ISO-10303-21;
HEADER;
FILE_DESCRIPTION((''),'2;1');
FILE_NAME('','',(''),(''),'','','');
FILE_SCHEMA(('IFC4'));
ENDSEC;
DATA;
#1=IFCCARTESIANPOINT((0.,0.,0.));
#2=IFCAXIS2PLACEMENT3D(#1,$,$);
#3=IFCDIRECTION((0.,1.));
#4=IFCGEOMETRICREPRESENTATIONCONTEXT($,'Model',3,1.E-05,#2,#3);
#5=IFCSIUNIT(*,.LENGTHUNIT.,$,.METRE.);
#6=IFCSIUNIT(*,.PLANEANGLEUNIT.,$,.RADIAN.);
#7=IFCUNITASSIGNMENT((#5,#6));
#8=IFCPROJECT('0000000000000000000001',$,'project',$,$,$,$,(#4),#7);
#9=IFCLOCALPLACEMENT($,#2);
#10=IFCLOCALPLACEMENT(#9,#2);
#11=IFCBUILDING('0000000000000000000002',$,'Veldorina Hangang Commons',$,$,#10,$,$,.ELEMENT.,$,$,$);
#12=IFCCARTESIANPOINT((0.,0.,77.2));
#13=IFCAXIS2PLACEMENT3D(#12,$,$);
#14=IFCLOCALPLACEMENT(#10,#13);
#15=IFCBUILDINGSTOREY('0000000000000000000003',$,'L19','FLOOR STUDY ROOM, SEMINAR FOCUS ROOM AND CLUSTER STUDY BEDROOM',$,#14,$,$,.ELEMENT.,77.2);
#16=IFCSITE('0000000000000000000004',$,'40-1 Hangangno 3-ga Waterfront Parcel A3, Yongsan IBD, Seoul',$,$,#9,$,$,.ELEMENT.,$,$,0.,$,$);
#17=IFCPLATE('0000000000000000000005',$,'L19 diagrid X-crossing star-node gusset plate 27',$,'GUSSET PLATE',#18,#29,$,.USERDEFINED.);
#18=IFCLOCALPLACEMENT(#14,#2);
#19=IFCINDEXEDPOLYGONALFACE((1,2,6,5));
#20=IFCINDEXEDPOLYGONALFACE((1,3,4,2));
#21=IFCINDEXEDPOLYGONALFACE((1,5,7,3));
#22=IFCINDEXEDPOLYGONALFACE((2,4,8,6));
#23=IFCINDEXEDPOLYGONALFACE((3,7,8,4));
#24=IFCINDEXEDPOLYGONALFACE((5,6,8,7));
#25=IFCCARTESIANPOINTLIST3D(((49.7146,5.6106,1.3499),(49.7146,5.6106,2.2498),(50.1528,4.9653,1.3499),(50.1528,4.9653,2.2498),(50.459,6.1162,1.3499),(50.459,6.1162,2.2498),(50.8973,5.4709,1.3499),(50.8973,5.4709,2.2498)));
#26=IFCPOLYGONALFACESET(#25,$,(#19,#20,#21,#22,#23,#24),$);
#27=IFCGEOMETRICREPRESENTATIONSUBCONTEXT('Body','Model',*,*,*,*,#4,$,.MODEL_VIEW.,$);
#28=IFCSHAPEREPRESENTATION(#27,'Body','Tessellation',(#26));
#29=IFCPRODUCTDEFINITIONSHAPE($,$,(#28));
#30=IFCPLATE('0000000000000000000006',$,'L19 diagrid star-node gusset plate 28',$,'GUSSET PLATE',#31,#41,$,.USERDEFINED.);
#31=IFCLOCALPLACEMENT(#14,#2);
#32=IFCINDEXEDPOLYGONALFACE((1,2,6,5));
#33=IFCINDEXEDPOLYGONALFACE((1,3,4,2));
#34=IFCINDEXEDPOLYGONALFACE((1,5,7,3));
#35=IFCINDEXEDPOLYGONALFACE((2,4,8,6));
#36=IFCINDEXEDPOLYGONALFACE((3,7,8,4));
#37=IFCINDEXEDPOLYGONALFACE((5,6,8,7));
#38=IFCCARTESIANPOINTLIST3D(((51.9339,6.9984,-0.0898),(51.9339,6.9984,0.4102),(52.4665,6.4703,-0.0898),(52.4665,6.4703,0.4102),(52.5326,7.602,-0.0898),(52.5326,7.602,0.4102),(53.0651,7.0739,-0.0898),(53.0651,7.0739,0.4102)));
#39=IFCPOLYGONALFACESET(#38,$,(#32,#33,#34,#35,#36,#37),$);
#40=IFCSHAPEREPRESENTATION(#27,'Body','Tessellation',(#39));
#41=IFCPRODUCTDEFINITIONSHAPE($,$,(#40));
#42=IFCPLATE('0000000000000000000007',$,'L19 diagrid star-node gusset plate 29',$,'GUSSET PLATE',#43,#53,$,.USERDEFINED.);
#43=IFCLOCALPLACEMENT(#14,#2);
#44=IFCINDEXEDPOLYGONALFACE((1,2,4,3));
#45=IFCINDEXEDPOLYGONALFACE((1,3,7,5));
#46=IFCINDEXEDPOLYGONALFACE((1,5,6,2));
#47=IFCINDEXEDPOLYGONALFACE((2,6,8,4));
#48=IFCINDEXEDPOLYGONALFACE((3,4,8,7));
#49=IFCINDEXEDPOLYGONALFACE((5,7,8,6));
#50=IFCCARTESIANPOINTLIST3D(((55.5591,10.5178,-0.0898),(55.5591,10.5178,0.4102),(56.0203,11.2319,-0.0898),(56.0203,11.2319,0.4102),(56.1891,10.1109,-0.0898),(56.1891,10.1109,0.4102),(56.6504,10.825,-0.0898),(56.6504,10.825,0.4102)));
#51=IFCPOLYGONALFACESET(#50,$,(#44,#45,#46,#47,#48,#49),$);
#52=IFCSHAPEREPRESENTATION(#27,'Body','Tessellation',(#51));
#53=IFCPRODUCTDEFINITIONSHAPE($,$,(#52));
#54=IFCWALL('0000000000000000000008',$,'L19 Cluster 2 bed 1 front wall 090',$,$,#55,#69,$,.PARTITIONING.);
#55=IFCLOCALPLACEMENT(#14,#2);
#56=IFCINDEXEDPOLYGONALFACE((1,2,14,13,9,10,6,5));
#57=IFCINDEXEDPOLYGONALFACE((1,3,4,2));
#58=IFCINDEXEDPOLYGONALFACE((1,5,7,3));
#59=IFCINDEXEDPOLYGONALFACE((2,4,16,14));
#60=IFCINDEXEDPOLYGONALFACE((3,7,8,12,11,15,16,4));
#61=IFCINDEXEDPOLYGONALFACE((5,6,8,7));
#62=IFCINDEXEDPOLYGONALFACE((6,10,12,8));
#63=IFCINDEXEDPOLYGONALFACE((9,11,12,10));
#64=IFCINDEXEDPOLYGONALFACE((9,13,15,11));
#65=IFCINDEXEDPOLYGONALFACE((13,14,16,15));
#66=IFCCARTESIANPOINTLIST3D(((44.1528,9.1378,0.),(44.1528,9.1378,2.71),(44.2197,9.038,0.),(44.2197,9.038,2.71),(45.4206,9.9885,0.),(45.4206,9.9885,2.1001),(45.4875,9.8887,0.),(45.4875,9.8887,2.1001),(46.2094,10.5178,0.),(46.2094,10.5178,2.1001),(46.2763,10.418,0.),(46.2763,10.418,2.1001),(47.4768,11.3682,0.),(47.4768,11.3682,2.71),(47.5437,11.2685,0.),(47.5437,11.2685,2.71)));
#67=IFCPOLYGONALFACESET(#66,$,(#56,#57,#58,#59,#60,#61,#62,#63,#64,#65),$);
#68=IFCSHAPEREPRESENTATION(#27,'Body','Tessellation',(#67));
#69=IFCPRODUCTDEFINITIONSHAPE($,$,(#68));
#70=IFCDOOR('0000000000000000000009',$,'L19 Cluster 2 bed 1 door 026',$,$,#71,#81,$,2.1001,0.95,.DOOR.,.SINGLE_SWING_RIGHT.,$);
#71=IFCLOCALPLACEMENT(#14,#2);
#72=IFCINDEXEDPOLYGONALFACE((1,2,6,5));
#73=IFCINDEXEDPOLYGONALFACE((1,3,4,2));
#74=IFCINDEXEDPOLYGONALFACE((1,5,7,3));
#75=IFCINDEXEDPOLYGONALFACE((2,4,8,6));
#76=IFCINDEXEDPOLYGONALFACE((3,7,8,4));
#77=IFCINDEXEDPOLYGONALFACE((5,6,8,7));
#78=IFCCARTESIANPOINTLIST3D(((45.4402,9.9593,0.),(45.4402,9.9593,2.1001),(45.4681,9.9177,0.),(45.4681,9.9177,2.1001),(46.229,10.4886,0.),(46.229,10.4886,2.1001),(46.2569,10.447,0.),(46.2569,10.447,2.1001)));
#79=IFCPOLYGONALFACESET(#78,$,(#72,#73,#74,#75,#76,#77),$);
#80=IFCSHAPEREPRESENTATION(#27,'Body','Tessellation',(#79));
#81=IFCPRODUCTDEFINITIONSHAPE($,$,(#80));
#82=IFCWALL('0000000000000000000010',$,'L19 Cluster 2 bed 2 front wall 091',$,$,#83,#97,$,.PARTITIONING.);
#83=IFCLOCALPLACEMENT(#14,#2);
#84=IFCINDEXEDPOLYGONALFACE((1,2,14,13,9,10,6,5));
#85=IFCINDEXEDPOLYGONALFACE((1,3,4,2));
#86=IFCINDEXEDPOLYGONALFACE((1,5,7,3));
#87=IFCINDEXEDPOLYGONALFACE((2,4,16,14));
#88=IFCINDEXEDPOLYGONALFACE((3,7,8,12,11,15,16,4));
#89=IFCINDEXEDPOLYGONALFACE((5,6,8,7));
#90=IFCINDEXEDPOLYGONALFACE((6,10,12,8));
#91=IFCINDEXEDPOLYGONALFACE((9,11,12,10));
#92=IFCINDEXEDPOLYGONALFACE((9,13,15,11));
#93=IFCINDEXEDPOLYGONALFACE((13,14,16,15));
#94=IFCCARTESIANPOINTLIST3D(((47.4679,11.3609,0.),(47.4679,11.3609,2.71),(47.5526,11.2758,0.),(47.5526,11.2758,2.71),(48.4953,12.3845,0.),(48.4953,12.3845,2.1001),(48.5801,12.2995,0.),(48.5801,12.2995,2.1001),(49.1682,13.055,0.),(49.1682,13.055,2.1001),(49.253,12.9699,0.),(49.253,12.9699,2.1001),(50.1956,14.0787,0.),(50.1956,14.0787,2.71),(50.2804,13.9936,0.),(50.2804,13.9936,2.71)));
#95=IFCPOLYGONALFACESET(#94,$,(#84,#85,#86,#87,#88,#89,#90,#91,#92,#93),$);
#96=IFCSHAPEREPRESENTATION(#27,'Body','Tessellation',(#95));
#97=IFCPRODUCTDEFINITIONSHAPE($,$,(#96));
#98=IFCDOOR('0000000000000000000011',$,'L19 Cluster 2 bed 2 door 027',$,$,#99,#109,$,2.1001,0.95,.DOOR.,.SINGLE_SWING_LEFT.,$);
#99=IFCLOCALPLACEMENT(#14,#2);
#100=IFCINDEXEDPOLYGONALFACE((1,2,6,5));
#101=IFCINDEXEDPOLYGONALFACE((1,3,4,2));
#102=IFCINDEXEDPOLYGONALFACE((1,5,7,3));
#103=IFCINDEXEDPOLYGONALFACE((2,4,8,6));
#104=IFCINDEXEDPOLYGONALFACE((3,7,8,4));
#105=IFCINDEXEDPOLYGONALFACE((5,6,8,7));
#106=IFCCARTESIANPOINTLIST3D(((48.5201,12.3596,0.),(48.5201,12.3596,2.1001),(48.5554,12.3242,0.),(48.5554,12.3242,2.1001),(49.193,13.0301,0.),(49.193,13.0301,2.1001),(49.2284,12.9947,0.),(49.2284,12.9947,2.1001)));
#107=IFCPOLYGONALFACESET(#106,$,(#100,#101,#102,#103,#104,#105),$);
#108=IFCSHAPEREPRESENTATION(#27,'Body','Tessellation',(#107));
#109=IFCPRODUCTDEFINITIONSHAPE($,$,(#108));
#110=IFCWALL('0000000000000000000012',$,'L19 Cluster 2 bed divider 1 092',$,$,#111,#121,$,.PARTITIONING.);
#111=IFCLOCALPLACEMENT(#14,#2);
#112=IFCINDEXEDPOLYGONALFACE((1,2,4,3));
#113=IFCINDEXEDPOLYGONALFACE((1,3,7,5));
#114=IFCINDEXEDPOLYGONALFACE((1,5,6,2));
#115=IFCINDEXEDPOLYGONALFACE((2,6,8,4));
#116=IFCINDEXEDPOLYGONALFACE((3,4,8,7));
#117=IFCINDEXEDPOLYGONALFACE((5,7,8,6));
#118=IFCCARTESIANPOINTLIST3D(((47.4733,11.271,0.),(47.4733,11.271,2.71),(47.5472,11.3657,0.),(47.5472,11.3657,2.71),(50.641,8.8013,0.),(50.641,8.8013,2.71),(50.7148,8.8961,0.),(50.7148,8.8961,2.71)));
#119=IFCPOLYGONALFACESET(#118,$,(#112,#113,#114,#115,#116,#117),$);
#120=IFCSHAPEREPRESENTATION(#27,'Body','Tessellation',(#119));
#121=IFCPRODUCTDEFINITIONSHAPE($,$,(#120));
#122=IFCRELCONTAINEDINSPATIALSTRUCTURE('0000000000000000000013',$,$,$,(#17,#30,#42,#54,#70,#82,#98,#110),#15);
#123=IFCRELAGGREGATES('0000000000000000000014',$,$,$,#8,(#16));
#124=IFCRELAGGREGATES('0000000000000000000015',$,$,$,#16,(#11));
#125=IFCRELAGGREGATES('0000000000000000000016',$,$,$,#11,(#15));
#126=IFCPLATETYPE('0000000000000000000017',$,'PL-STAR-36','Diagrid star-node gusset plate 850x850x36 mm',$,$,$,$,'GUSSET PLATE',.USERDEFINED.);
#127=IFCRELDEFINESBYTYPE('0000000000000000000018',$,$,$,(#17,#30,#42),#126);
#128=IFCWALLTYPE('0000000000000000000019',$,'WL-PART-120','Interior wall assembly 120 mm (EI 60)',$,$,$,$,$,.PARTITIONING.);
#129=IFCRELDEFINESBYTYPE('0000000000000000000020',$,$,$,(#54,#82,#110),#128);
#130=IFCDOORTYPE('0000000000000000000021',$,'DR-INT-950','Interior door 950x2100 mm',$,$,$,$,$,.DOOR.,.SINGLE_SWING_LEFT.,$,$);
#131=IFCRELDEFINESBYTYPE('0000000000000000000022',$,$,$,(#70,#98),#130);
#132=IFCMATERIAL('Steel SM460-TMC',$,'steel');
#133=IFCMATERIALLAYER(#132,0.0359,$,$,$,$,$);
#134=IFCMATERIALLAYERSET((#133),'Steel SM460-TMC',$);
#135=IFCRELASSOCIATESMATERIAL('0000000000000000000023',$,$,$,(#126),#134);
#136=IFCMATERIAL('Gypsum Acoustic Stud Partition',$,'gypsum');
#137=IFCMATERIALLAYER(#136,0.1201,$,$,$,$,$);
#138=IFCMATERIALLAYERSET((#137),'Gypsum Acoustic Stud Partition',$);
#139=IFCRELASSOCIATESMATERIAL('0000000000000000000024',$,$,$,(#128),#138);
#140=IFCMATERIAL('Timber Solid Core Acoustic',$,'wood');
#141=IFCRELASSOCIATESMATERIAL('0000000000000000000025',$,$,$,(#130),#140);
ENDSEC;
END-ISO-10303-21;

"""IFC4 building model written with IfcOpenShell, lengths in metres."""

from ifc_helpers import new_model, si_unit, direction, frame, frame_2d, origin, origin_2d, place, context, subcontext, project, spatial, rectangle, extrude, material, layer, layer_set, type_object, element, fill, save


model = new_model("IFC4")

# Units and contexts
model_context = context("Model", 3, precision=1e-05, world=origin(), true_north=direction((0.0, 1.0)))
body_context = subcontext(model_context, "Body", "Model", "MODEL_VIEW")
ifc_project = project(units=[si_unit("LENGTHUNIT", "METRE"), si_unit("PLANEANGLEUNIT", "RADIAN")], contexts=[model_context])

# Site, building, storey
site_placement = place(None, origin())
site = spatial("IfcSite", under=ifc_project, at=site_placement, Name="40-1 Hangangno 3-ga Waterfront Parcel A3, Yongsan IBD, Seoul", CompositionType="ELEMENT", RefElevation=0.0)
building_placement = place(site_placement, origin())
building = spatial("IfcBuilding", under=site, at=building_placement, Name="Veldorina Hangang Commons", CompositionType="ELEMENT")
storey_placement = place(building_placement, frame((0.0, 0.0, 77.2)))
storey = spatial("IfcBuildingStorey", under=building, at=storey_placement, Name="L19", Description="FLOOR STUDY ROOM, SEMINAR FOCUS ROOM AND CLUSTER STUDY BEDROOM", CompositionType="ELEMENT", Elevation=77.2)

# Shared definitions
ifc_material_1 = material(Name="Steel SM460-TMC", Category="steel")

# Plates
ifc_layer_1 = layer(ifc_material_1, 0.0359)
ifc_layer_set_1 = layer_set([ifc_layer_1], Name="Steel SM460-TMC")
plate_type_1 = type_object("IfcPlateType", Name="PL-STAR-36", Description="Diagrid star-node gusset plate 850x850x36 mm", ElementType="GUSSET PLATE", PredefinedType="USERDEFINED", material=ifc_layer_set_1)
plate_1_placement = place(storey_placement, frame((50.3059, 5.5408, 1.3499), z_axis=(0.0, 0.0, 1.0), x_axis=(0.827247, 0.561838, 0.0)))
element("IfcPlate", 1, at=plate_1_placement, inside=storey, type_object=plate_type_1, Name="L19 diagrid X-crossing star-node gusset plate 27", ObjectType="GUSSET PLATE", PredefinedType="USERDEFINED", context=body_context, shape_type="SweptSolid", body=[
    extrude(rectangle(XDim=0.8999, YDim=0.78, at=origin_2d()), origin(), (0.0, 0.0, 1.0), 0.8999),
])
for number, where, z_axis, x_axis, name in (
    (2, (52.4995, 7.0361, -0.0898), (0.0, 0.0, 1.0), (0.704176, 0.710026, 0.0), "L19 diagrid star-node gusset plate 28"),
    (3, (56.1047, 10.6714, -0.0898), (0.0, 0.0, 1.0), (0.542559, 0.840018, 0.0), "L19 diagrid star-node gusset plate 29"),
):
    element("IfcPlate", number, at=place(storey_placement, frame(where, z_axis=z_axis, x_axis=x_axis)), inside=storey, type_object=plate_type_1, Name=name, ObjectType="GUSSET PLATE", PredefinedType="USERDEFINED", context=body_context, shape_type="SweptSolid", body=[
        extrude(rectangle(XDim=0.8501, YDim=0.75, at=origin_2d()), origin(), (0.0, 0.0, 1.0), 0.5),
    ])

# Walls, openings, doors
ifc_material_2 = material(Name="Gypsum Acoustic Stud Partition", Category="gypsum")
ifc_layer_2 = layer(ifc_material_2, 0.1201)
ifc_layer_set_2 = layer_set([ifc_layer_2], Name="Gypsum Acoustic Stud Partition")
wall_type = type_object("IfcWallType", Name="WL-PART-120", Description="Interior wall assembly 120 mm (EI 60)", PredefinedType="PARTITIONING", material=ifc_layer_set_2)
wall_1_placement = place(storey_placement, frame((44.1863, 9.0879, 0.0), z_axis=(0.0, 0.0, 1.0), x_axis=(0.830376, 0.557203, 0.0)))
wall_1 = element("IfcWall", 4, at=wall_1_placement, inside=storey, type_object=wall_type, Name="L19 Cluster 2 bed 1 front wall 090", PredefinedType="PARTITIONING", context=body_context, shape_type="SweptSolid", body=[
    extrude(rectangle(XDim=4.0029, YDim=0.1201, at=frame_2d((2.0015, 0.0))), origin(), (0.0, 0.0, 1.0), 2.71),
])
opening_1_placement = place(wall_1_placement, frame((1.5266, 0.0, 0.0)))
opening_1 = element("IfcOpeningElement", 5, at=opening_1_placement, cuts=wall_1, PredefinedType="OPENING", context=body_context, shape_type="SweptSolid", body=[
    extrude(rectangle(XDim=0.95, YDim=2.1001, at=frame_2d((0.4751, 1.05))), frame((0.0, 0.0701, 0.0), z_axis=(0.0, -1.0, 0.0), x_axis=(1.0, 0.0, 0.0)), (0.0, 0.0, 1.0), 0.1401),
])
ifc_material_3 = material(Name="Timber Solid Core Acoustic", Category="wood")
door_type = type_object("IfcDoorType", Name="DR-INT-950", Description="Interior door 950x2100 mm", OperationType="SINGLE_SWING_LEFT", PredefinedType="DOOR", material=ifc_material_3)
door_1_placement = place(opening_1_placement, origin())
door_1 = element("IfcDoor", 6, at=door_1_placement, inside=storey, type_object=door_type, Name="L19 Cluster 2 bed 1 door 026", OperationType="SINGLE_SWING_RIGHT", OverallHeight=2.1001, OverallWidth=0.95, PredefinedType="DOOR", context=body_context, shape_type="SweptSolid", body=[
    extrude(rectangle(XDim=0.95, YDim=2.1001, at=frame_2d((0.4751, 1.05))), frame((0.0, 0.0249, 0.0), z_axis=(0.0, -1.0, 0.0), x_axis=(1.0, 0.0, 0.0)), (0.0, 0.0, 1.0), 0.05),
])
fill(opening_1, door_1)
wall_2_placement = place(storey_placement, frame((47.5103, 11.3184, 0.0), z_axis=(0.0, 0.0, 1.0), x_axis=(0.708405, 0.705806, 0.0)))
wall_2 = element("IfcWall", 7, at=wall_2_placement, inside=storey, type_object=wall_type, Name="L19 Cluster 2 bed 2 front wall 091", PredefinedType="PARTITIONING", context=body_context, shape_type="SweptSolid", body=[
    extrude(rectangle(XDim=3.8506, YDim=0.1201, at=frame_2d((1.9253, 0.0))), origin(), (0.0, 0.0, 1.0), 2.71),
])
opening_2_placement = place(wall_2_placement, frame((1.4502, 0.0, 0.0)))
opening_2 = element("IfcOpeningElement", 8, at=opening_2_placement, cuts=wall_2, PredefinedType="OPENING", context=body_context, shape_type="SweptSolid", body=[
    extrude(rectangle(XDim=0.95, YDim=2.1001, at=frame_2d((0.4751, 1.05))), frame((0.0, 0.0701, 0.0), z_axis=(0.0, -1.0, 0.0), x_axis=(1.0, 0.0, 0.0)), (0.0, 0.0, 1.0), 0.1401),
])
door_2_placement = place(opening_2_placement, origin())
door_2 = element("IfcDoor", 9, at=door_2_placement, inside=storey, type_object=door_type, Name="L19 Cluster 2 bed 2 door 027", OperationType="SINGLE_SWING_LEFT", OverallHeight=2.1001, OverallWidth=0.95, PredefinedType="DOOR", context=body_context, shape_type="SweptSolid", body=[
    extrude(rectangle(XDim=0.95, YDim=2.1001, at=frame_2d((0.4751, 1.05))), frame((0.0, 0.0249, 0.0), z_axis=(0.0, -1.0, 0.0), x_axis=(1.0, 0.0, 0.0)), (0.0, 0.0, 1.0), 0.05),
])
fill(opening_2, door_2)

# Wall
wall_3_placement = place(storey_placement, frame((47.5103, 11.3184, 0.0), z_axis=(0.0, 0.0, 1.0), x_axis=(0.788635, -0.614862, 0.0)))
element("IfcWall", 10, at=wall_3_placement, inside=storey, type_object=wall_type, Name="L19 Cluster 2 bed divider 1 092", PredefinedType="PARTITIONING", context=body_context, shape_type="SweptSolid", body=[
    extrude(rectangle(XDim=4.0166, YDim=0.1201, at=frame_2d((2.0083, 0.0))), origin(), (0.0, 0.0, 1.0), 2.71),
])

save(model, "model.ifc")
